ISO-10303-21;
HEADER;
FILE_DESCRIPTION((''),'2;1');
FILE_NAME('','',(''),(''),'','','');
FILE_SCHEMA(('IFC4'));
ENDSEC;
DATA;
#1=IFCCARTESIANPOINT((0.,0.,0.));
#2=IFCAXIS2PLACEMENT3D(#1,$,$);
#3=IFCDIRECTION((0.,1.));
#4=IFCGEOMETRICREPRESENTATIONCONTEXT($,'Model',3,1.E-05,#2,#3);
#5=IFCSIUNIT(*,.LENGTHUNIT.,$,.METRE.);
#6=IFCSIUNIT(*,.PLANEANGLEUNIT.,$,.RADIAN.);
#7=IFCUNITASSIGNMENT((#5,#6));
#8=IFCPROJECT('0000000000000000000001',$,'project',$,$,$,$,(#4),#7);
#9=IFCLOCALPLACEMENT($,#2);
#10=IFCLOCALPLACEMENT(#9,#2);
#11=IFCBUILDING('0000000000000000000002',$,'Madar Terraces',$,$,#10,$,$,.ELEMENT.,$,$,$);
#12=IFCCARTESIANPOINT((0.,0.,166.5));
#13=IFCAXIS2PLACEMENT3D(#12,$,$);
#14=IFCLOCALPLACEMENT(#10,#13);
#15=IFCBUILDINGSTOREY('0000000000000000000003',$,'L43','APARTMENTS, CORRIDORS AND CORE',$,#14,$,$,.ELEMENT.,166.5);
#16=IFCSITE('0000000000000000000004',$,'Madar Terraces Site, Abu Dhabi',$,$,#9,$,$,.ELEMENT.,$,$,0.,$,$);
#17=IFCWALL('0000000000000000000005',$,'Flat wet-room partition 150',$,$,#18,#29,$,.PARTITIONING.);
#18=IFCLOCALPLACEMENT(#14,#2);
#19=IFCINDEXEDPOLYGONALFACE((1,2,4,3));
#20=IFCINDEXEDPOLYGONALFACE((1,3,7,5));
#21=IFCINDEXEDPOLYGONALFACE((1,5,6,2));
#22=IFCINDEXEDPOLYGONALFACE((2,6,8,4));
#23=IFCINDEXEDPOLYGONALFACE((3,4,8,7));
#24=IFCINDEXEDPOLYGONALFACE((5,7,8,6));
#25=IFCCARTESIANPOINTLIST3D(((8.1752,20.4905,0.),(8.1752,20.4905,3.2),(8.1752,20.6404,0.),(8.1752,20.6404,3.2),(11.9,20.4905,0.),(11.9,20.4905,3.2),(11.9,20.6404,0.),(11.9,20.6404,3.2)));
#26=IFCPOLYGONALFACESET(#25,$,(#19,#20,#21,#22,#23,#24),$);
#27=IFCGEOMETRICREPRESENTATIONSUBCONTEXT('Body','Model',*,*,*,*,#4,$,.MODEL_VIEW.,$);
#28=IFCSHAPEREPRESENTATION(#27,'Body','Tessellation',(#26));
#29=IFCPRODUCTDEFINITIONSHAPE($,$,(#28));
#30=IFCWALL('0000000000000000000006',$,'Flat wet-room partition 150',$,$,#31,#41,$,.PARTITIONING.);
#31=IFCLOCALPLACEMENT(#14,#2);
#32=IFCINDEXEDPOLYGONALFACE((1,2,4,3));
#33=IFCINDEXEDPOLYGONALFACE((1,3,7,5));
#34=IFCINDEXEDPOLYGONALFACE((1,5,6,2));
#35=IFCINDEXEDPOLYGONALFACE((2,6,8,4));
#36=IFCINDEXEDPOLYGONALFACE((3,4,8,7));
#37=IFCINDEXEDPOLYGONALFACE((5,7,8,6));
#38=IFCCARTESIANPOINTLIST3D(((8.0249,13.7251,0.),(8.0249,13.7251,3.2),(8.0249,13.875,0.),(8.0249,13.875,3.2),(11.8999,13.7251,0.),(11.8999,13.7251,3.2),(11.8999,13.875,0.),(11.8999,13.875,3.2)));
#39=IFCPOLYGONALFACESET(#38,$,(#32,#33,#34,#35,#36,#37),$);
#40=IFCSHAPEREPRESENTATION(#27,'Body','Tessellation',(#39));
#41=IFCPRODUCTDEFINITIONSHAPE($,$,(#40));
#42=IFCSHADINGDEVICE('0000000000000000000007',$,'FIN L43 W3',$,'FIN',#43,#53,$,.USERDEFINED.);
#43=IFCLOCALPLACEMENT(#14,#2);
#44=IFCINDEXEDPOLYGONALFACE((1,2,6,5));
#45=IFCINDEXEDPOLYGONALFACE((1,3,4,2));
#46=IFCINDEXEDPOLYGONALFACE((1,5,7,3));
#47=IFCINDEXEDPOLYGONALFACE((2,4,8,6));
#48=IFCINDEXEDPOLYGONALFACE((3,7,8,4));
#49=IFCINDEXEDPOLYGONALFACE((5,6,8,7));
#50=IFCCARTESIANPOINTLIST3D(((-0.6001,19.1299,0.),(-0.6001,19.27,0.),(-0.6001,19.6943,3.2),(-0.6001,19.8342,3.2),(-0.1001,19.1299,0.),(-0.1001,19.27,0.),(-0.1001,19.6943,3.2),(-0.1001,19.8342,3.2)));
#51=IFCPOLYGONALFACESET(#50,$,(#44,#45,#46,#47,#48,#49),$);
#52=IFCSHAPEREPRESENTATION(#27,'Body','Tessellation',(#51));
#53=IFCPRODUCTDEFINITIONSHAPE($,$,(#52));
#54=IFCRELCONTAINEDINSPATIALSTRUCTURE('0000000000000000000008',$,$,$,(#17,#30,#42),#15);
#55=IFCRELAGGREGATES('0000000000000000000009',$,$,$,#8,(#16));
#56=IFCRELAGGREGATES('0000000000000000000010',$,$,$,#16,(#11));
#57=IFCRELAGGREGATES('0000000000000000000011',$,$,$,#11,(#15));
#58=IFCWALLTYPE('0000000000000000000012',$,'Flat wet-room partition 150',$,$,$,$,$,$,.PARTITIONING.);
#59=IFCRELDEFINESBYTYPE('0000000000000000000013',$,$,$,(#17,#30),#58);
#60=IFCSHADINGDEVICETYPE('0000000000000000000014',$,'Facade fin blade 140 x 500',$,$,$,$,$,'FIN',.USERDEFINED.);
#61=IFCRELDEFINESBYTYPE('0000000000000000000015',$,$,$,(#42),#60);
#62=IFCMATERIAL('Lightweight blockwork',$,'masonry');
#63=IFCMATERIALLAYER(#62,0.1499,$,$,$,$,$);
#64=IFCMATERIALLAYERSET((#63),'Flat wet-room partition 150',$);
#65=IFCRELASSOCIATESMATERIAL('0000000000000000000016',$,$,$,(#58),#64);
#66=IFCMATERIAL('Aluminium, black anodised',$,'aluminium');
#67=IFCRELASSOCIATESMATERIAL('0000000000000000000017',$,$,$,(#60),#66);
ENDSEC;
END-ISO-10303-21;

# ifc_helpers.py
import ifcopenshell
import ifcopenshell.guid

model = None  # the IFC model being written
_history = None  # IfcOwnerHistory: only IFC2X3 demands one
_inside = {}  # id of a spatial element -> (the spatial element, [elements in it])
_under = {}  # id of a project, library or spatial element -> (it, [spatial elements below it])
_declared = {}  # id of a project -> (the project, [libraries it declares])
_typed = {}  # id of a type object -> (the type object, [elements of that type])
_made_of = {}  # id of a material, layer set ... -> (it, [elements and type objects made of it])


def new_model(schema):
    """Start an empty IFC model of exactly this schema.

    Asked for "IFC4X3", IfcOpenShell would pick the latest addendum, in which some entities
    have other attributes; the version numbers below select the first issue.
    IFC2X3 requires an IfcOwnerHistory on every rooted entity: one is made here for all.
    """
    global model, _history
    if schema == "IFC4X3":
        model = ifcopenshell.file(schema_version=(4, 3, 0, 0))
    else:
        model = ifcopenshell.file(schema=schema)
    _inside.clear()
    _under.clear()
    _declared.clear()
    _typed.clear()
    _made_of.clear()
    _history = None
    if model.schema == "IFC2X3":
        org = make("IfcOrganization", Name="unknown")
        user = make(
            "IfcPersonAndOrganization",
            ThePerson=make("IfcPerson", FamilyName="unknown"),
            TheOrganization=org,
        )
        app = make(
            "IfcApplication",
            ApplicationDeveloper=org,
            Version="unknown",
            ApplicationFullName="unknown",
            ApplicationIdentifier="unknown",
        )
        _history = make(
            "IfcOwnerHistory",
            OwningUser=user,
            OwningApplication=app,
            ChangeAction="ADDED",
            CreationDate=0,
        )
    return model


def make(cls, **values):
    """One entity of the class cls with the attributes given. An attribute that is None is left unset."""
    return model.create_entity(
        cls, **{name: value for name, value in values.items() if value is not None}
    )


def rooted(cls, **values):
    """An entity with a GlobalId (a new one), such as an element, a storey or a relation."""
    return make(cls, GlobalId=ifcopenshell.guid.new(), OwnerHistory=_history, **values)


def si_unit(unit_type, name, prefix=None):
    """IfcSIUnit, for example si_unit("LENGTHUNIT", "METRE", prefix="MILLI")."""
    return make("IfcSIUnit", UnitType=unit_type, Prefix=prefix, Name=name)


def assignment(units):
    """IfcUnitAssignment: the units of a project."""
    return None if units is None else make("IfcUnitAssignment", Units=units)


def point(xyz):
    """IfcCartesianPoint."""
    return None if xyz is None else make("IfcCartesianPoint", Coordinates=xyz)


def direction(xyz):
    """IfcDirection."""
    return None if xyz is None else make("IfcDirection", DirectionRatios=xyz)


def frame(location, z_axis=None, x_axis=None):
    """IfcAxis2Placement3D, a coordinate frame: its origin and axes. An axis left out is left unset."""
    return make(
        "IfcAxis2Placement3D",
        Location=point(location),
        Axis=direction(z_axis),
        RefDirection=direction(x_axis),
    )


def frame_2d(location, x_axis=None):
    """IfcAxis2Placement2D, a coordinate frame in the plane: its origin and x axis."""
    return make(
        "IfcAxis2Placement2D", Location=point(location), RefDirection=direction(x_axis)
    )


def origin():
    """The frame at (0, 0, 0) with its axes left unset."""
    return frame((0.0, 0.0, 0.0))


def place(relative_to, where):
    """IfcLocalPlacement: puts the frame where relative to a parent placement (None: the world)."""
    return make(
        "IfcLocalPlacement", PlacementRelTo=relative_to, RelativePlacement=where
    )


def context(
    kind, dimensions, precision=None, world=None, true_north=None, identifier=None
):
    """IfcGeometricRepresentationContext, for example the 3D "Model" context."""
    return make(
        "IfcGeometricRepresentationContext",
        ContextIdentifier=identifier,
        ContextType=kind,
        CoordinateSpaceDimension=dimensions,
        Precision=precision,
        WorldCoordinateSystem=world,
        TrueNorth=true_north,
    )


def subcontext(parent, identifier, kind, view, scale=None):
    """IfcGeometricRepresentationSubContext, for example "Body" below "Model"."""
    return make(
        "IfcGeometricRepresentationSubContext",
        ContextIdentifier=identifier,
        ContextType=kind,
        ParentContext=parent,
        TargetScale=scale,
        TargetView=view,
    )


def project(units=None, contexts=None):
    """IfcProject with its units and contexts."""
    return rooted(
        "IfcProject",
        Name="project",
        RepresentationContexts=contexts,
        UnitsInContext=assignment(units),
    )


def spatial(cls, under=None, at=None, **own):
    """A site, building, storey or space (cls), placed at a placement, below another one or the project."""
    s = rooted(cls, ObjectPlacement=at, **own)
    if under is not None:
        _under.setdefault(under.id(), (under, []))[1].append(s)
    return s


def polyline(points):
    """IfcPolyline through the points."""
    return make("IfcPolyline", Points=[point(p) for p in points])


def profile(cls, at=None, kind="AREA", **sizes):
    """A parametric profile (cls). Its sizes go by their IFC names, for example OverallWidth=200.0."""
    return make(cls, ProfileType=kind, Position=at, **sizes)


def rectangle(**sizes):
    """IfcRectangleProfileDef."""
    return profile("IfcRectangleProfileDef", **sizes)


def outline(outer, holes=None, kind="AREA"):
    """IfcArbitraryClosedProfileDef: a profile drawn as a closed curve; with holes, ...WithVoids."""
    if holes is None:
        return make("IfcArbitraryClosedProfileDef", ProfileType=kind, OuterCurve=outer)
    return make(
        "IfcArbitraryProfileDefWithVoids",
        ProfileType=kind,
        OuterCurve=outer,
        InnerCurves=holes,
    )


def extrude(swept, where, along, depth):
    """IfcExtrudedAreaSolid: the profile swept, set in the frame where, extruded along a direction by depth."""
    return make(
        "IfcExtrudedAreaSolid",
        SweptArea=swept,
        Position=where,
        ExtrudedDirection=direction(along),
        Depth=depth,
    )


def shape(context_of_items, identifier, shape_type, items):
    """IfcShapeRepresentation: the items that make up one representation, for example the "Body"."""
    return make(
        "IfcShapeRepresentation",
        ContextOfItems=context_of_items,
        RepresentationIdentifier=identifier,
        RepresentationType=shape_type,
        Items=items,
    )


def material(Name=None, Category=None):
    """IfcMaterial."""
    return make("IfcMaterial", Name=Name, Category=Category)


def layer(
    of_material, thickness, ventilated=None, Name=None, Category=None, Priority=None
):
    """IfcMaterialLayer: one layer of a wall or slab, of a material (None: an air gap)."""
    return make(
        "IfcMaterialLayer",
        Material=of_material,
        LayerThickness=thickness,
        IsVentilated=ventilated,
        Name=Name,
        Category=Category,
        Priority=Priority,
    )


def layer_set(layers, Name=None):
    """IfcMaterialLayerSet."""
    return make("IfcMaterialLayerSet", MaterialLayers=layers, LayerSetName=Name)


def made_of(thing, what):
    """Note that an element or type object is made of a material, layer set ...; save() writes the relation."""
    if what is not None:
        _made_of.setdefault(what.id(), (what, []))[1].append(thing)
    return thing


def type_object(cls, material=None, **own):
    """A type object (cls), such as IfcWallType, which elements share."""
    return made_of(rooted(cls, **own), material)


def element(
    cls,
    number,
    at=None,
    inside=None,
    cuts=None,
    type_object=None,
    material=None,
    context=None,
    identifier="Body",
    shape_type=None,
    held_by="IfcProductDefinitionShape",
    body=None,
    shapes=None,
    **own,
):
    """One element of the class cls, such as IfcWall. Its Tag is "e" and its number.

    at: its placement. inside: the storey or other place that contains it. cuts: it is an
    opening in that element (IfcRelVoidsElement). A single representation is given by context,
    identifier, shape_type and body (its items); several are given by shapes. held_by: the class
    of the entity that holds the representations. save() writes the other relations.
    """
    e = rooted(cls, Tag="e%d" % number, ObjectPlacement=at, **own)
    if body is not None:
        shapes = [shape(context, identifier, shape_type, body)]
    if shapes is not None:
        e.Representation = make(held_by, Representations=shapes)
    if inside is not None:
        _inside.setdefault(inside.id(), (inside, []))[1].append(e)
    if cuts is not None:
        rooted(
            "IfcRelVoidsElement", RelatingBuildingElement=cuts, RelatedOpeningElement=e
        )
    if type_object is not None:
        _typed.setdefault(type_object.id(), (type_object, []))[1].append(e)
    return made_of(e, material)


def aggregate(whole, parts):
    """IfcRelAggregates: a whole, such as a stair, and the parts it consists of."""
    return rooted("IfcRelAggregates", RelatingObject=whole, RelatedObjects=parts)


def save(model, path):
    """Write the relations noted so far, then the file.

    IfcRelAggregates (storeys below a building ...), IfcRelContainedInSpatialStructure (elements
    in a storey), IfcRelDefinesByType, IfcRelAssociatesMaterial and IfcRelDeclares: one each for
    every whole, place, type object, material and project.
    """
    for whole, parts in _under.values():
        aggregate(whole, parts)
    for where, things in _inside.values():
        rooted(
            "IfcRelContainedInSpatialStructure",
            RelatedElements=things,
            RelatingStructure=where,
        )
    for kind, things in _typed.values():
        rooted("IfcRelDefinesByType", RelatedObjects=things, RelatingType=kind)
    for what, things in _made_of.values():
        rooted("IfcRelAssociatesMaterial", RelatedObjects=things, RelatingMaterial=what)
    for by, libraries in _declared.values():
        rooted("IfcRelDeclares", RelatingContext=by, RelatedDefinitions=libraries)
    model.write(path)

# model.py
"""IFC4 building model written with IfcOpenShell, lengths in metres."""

from ifc_helpers import new_model, si_unit, direction, frame, frame_2d, origin, place, context, subcontext, project, spatial, polyline, rectangle, outline, extrude, material, layer, layer_set, type_object, element, save


model = new_model("IFC4")

# Units and contexts
model_context = context("Model", 3, precision=1e-05, world=origin(), true_north=direction((0.0, 1.0)))
body_context = subcontext(model_context, "Body", "Model", "MODEL_VIEW")
ifc_project = project(units=[si_unit("LENGTHUNIT", "METRE"), si_unit("PLANEANGLEUNIT", "RADIAN")], contexts=[model_context])

# Site, building, storey
site_placement = place(None, origin())
site = spatial("IfcSite", under=ifc_project, at=site_placement, Name="Madar Terraces Site, Abu Dhabi", CompositionType="ELEMENT", RefElevation=0.0)
building_placement = place(site_placement, origin())
building = spatial("IfcBuilding", under=site, at=building_placement, Name="Madar Terraces", CompositionType="ELEMENT")
storey_placement = place(building_placement, frame((0.0, 0.0, 166.5)))
storey = spatial("IfcBuildingStorey", under=building, at=storey_placement, Name="L43", Description="APARTMENTS, CORRIDORS AND CORE", CompositionType="ELEMENT", Elevation=166.5)

# Walls
ifc_material_1 = material(Name="Lightweight blockwork", Category="masonry")
ifc_layer_1 = layer(ifc_material_1, 0.1499)
ifc_layer_set_1 = layer_set([ifc_layer_1], Name="Flat wet-room partition 150")
wall_type_1 = type_object("IfcWallType", Name="Flat wet-room partition 150", PredefinedType="PARTITIONING", material=ifc_layer_set_1)
for number, where, z_axis, x_axis, name in (
    (1, (11.8999, 20.5654, 0.0), (0.0, 0.0, 1.0), (-1.0, 0.0, 0.0), "Flat wet-room partition 150"),
):
    element("IfcWall", number, at=place(storey_placement, frame(where, z_axis=z_axis, x_axis=x_axis)), inside=storey, type_object=wall_type_1, Name=name, PredefinedType="PARTITIONING", context=body_context, shape_type="SweptSolid", body=[
        extrude(rectangle(XDim=3.7249, YDim=0.1499, at=frame_2d((1.8623, 0.0))), origin(), (0.0, 0.0, 1.0), 3.2),
    ])
wall_1_placement = place(storey_placement, frame((11.8999, 13.8, 0.0), z_axis=(0.0, 0.0, 1.0), x_axis=(-1.0, 0.0, 0.0)))
element("IfcWall", 2, at=wall_1_placement, inside=storey, type_object=wall_type_1, Name="Flat wet-room partition 150", PredefinedType="PARTITIONING", context=body_context, shape_type="SweptSolid", body=[
    extrude(rectangle(XDim=3.875, YDim=0.1499, at=frame_2d((1.9375, 0.0))), origin(), (0.0, 0.0, 1.0), 3.2),
])

# Shading device
ifc_material_2 = material(Name="Aluminium, black anodised", Category="aluminium")
shading_device_type = type_object("IfcShadingDeviceType", Name="Facade fin blade 140 x 500", ElementType="FIN", PredefinedType="USERDEFINED", material=ifc_material_2)
shading_device_placement = place(storey_placement, frame((-0.3501, 19.27, 0.0), z_axis=(0.0, 0.0, 1.0), x_axis=(0.0, -1.0, 0.0)))
element("IfcShadingDevice", 3, at=shading_device_placement, inside=storey, type_object=shading_device_type, Name="FIN L43 W3", ObjectType="FIN", PredefinedType="USERDEFINED", context=body_context, shape_type="SweptSolid", body=[
    extrude(outline(polyline([(0.0, 0.0), (0.1401, 0.0), (-0.4243, 3.2), (-0.5642, 3.2), (0.0, 0.0)])), frame((0.0, 0.25, 0.0), z_axis=(0.0, -1.0, 0.0), x_axis=(1.0, 0.0, 0.0)), (0.0, 0.0, 1.0), 0.5),
])

save(model, "model.ifc")
